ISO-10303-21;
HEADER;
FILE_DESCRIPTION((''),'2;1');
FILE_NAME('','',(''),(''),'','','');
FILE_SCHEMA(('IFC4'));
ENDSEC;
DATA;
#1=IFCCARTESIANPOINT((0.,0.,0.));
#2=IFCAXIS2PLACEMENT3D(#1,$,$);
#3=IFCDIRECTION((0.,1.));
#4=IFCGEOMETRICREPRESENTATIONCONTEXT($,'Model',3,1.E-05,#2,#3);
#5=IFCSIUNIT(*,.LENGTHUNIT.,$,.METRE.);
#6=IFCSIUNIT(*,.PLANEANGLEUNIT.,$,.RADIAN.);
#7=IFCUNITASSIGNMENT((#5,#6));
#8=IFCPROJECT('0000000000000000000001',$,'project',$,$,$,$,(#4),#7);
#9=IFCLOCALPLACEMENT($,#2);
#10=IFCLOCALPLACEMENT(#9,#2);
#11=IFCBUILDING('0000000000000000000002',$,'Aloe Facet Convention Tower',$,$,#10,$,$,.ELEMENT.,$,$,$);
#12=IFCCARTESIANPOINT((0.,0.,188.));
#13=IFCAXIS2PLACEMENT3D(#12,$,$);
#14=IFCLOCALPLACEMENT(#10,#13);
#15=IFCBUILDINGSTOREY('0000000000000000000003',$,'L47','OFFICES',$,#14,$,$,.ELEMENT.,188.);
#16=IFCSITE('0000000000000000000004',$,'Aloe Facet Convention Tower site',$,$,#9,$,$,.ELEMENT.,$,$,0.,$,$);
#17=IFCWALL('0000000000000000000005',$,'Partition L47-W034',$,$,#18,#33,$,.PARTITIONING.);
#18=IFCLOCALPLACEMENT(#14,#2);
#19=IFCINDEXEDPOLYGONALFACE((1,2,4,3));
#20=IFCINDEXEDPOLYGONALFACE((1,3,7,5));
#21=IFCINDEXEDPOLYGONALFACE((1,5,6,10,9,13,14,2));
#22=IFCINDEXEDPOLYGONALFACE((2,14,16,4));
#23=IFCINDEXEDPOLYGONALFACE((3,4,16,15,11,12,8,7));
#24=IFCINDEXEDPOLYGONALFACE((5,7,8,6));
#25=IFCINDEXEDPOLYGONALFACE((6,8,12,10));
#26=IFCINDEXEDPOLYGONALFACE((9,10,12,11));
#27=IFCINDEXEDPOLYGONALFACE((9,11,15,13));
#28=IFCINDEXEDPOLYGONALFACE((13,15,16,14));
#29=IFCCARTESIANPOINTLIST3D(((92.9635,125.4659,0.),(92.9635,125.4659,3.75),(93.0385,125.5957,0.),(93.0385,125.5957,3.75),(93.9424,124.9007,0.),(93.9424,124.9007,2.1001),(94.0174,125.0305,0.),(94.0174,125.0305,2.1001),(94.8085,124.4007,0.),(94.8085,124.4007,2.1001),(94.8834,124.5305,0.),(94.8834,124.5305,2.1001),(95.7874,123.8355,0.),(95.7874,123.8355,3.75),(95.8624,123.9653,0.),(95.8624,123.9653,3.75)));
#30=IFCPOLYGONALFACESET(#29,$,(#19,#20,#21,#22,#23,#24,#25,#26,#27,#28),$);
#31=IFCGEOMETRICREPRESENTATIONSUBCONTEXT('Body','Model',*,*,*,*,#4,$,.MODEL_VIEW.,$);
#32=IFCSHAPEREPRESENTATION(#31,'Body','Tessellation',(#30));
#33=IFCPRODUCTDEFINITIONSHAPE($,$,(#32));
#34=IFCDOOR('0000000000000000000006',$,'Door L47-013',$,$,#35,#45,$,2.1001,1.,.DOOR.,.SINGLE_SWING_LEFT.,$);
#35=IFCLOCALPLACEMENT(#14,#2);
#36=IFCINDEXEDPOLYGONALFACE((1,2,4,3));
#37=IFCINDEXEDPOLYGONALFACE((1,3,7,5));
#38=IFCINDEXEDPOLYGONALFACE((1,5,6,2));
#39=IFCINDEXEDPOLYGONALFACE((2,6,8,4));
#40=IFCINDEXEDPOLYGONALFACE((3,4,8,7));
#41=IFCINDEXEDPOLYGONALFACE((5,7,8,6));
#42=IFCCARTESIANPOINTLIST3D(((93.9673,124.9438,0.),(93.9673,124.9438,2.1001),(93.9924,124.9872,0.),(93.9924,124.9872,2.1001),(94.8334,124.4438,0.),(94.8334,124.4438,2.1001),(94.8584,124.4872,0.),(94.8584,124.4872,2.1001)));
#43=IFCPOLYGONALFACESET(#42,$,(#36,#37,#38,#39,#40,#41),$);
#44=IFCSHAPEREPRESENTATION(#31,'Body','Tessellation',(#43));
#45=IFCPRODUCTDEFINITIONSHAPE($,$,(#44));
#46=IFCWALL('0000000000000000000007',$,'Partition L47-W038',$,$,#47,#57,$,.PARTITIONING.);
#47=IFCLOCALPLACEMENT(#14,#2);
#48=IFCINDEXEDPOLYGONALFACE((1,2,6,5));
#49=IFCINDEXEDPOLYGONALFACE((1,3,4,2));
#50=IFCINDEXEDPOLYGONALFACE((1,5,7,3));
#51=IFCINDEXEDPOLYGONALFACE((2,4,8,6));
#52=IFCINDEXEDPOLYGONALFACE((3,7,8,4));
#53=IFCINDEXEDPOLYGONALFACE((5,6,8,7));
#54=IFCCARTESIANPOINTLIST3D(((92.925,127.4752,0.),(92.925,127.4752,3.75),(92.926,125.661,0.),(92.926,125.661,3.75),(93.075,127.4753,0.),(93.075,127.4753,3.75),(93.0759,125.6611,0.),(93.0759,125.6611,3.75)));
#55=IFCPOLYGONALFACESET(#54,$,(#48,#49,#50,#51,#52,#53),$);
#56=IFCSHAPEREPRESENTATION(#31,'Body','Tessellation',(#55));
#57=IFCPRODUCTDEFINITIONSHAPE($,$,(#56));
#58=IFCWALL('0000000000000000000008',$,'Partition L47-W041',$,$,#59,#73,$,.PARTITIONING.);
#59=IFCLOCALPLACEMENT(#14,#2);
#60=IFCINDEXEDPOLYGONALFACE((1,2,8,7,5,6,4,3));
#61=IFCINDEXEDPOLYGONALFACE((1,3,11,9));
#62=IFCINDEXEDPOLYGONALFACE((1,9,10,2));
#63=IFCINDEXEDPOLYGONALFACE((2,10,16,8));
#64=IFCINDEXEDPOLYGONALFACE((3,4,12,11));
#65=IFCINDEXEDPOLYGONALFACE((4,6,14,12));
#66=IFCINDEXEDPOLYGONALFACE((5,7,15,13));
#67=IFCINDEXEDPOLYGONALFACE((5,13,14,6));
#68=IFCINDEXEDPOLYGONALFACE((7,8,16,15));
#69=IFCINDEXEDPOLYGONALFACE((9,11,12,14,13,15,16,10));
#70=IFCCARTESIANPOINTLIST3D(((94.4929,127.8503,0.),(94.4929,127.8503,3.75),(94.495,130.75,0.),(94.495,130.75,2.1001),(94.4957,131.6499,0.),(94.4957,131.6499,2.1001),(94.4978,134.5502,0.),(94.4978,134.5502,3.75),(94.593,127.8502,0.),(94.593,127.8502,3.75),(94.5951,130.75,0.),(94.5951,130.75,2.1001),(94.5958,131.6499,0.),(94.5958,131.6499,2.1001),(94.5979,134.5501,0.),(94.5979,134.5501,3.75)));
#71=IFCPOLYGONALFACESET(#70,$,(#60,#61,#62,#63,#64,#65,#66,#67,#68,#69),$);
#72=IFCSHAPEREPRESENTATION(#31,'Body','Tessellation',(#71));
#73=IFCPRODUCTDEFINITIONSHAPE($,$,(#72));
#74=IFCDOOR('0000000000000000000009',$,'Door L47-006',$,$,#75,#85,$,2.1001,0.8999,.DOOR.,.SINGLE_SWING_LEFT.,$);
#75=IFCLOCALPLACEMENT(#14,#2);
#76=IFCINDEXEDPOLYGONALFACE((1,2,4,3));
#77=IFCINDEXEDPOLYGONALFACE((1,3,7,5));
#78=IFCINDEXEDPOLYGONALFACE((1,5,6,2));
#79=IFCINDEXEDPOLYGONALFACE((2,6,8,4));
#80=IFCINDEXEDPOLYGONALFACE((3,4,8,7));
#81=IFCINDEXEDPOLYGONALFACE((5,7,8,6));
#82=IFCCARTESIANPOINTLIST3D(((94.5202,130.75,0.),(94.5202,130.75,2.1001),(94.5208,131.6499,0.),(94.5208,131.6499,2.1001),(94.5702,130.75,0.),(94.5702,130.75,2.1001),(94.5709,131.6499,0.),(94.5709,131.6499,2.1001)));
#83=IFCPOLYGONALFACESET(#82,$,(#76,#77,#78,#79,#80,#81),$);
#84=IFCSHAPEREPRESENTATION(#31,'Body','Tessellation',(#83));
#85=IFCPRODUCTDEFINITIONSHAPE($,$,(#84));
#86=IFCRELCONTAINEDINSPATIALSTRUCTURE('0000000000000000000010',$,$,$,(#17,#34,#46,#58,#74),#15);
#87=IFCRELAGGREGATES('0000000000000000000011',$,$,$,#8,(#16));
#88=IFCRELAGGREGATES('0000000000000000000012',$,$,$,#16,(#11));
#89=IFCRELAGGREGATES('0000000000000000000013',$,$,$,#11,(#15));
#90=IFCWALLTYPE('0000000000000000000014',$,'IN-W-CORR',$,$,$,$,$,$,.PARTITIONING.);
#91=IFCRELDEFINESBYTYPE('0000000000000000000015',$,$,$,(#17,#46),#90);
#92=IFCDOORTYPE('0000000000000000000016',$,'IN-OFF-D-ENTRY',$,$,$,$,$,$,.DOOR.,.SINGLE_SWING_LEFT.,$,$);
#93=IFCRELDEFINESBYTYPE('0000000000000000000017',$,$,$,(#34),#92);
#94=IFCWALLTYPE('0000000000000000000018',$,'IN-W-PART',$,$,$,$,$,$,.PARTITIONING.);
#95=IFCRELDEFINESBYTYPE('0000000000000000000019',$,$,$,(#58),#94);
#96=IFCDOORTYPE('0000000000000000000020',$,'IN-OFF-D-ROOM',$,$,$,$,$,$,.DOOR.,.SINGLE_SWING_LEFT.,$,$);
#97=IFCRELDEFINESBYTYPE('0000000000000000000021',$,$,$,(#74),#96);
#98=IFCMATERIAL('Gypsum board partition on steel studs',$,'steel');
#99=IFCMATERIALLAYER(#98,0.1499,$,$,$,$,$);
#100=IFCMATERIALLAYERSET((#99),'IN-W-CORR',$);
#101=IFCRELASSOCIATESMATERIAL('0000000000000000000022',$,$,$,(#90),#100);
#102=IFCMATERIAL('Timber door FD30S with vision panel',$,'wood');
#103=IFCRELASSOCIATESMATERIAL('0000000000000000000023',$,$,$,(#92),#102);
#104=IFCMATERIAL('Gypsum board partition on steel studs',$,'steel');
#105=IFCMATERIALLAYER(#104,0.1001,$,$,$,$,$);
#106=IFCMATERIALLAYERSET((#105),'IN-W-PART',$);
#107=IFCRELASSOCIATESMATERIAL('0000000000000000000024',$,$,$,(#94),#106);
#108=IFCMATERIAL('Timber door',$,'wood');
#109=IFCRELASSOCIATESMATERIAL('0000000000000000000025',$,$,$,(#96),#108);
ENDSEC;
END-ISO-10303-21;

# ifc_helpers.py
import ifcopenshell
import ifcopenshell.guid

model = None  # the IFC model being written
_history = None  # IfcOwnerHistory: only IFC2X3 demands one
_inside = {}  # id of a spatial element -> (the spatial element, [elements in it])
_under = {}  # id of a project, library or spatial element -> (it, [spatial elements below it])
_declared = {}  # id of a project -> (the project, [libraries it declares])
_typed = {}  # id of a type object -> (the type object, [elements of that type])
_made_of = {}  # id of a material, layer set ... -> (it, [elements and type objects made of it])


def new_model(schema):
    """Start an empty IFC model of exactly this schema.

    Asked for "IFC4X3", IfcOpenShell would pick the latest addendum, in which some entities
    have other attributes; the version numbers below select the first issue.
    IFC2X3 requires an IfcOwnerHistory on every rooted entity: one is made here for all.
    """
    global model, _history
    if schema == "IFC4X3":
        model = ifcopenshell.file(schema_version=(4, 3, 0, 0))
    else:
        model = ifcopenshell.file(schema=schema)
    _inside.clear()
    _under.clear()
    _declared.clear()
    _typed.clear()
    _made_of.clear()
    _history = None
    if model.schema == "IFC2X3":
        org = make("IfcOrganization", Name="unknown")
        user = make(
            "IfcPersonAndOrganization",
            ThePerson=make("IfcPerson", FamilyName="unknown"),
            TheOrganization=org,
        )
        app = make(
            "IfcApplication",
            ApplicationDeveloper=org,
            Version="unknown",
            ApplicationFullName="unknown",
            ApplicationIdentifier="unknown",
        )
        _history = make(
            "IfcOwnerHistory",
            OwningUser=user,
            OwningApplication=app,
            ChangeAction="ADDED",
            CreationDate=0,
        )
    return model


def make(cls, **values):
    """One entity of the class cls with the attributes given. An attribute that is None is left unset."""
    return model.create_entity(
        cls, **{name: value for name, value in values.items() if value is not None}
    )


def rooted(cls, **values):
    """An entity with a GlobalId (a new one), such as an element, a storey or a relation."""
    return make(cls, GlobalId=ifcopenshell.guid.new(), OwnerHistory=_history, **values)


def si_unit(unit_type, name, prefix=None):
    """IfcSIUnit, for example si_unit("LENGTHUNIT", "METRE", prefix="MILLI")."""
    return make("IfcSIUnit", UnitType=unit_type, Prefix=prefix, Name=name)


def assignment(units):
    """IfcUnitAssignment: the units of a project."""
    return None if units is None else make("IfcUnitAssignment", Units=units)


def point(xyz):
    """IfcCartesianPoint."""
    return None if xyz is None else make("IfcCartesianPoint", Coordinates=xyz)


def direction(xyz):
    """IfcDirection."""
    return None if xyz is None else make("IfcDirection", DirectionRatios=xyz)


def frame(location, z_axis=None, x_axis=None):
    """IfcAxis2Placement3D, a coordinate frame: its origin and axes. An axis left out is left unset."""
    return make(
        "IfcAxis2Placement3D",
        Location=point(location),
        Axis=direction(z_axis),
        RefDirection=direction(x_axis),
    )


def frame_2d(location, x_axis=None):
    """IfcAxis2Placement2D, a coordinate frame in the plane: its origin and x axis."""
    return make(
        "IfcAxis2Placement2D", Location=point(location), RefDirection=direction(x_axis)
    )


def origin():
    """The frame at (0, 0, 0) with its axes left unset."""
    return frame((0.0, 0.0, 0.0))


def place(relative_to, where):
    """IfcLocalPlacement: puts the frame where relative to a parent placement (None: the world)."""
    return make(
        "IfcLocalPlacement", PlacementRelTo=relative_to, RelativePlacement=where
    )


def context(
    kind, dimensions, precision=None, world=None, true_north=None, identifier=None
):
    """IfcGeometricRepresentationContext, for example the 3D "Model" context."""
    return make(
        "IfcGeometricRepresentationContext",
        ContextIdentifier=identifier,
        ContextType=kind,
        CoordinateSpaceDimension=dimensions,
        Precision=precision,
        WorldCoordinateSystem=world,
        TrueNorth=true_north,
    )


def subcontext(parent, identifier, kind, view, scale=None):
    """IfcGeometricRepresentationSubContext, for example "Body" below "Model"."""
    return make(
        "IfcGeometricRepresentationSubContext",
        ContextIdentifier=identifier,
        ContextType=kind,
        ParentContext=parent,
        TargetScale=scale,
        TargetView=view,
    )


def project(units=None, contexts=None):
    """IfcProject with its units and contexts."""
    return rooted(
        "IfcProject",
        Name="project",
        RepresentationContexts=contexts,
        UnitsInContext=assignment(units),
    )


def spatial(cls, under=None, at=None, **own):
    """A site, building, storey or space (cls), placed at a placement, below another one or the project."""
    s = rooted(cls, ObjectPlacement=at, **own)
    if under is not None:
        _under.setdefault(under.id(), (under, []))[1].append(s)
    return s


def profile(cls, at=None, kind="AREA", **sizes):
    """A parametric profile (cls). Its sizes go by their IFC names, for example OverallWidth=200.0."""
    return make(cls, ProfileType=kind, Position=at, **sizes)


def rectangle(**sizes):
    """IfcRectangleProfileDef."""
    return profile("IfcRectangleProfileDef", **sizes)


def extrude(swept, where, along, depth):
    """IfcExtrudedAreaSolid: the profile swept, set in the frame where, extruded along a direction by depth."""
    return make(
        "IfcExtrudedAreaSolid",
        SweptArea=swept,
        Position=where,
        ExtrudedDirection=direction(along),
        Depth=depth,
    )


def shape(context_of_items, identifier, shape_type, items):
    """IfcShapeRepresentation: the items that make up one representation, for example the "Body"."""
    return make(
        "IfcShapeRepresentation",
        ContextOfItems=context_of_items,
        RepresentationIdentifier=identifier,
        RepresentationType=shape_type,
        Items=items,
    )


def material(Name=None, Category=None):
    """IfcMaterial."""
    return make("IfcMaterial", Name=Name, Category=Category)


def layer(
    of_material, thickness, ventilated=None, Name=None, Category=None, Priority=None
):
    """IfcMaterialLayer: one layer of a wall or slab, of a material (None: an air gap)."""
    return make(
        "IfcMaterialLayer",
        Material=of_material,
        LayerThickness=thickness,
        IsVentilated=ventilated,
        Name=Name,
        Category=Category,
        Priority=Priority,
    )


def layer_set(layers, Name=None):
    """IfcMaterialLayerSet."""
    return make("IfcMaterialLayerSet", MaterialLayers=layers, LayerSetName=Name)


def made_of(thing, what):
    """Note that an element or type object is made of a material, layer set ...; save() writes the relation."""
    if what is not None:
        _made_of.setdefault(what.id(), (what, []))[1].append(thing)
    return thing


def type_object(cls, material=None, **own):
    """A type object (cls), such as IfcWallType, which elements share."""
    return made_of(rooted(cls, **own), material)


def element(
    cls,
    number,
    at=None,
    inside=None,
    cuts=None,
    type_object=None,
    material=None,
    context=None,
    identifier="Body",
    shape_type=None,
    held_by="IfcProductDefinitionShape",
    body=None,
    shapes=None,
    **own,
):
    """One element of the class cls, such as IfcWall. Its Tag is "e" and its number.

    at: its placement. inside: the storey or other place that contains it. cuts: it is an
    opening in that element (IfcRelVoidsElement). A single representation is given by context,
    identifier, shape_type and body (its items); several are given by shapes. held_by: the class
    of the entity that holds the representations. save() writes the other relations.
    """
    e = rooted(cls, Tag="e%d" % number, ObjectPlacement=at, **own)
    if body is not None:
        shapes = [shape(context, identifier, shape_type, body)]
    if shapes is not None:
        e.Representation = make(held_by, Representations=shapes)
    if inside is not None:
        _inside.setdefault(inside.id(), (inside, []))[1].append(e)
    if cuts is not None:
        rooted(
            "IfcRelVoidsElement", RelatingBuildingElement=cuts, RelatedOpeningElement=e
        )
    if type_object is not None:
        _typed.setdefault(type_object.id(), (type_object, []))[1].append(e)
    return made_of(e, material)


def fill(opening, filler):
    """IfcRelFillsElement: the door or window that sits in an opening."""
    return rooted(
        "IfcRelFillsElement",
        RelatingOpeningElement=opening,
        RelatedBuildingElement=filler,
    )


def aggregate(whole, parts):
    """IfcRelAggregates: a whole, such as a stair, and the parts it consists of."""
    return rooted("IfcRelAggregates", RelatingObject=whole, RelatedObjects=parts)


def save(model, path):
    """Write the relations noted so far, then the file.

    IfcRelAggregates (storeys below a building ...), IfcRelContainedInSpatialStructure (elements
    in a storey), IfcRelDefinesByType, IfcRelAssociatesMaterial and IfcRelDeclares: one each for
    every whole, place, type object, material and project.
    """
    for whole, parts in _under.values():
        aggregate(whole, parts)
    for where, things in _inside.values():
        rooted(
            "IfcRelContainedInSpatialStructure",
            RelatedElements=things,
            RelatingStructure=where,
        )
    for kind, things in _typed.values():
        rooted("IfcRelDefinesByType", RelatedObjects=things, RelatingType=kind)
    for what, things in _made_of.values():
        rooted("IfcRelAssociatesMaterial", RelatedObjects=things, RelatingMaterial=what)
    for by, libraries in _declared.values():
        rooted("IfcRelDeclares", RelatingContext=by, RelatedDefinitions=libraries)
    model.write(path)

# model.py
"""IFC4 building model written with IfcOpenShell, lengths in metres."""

from ifc_helpers import new_model, si_unit, direction, frame, frame_2d, origin, place, context, subcontext, project, spatial, rectangle, extrude, material, layer, layer_set, type_object, element, fill, save


model = new_model("IFC4")

# Units and contexts
model_context = context("Model", 3, precision=1e-05, world=origin(), true_north=direction((0.0, 1.0)))
body_context = subcontext(model_context, "Body", "Model", "MODEL_VIEW")
ifc_project = project(units=[si_unit("LENGTHUNIT", "METRE"), si_unit("PLANEANGLEUNIT", "RADIAN")], contexts=[model_context])

# Site, building, storey
site_placement = place(None, origin())
site = spatial("IfcSite", under=ifc_project, at=site_placement, Name="Aloe Facet Convention Tower site", CompositionType="ELEMENT", RefElevation=0.0)
building_placement = place(site_placement, origin())
building = spatial("IfcBuilding", under=site, at=building_placement, Name="Aloe Facet Convention Tower", CompositionType="ELEMENT")
storey_placement = place(building_placement, frame((0.0, 0.0, 188.0)))
storey = spatial("IfcBuildingStorey", under=building, at=storey_placement, Name="L47", Description="OFFICES", CompositionType="ELEMENT", Elevation=188.0)

# Wall, opening, door
ifc_material_1 = material(Name="Gypsum board partition on steel studs", Category="steel")
ifc_layer_1 = layer(ifc_material_1, 0.1499)
ifc_layer_set_1 = layer_set([ifc_layer_1], Name="IN-W-CORR")
wall_type_1 = type_object("IfcWallType", Name="IN-W-CORR", PredefinedType="PARTITIONING", material=ifc_layer_set_1)
wall_1_placement = place(storey_placement, frame((93.001, 125.5308, 0.0), z_axis=(0.0, 0.0, 1.0), x_axis=(0.866032, -0.499988, 0.0)))
wall_1 = element("IfcWall", 1, at=wall_1_placement, inside=storey, type_object=wall_type_1, Name="Partition L47-W034", PredefinedType="PARTITIONING", context=body_context, shape_type="SweptSolid", body=[
    extrude(rectangle(XDim=3.2607, YDim=0.1499, at=frame_2d((1.6304, 0.0))), origin(), (0.0, 0.0, 1.0), 3.75),
])
opening_1_placement = place(wall_1_placement, frame((1.1304, 0.0, 0.0)))
opening_1 = element("IfcOpeningElement", 2, at=opening_1_placement, cuts=wall_1, PredefinedType="OPENING", context=body_context, shape_type="SweptSolid", body=[
    extrude(rectangle(XDim=1.0, YDim=2.1001, at=frame_2d((0.5, 1.05))), frame((0.0, 0.085, 0.0), z_axis=(0.0, -1.0, 0.0), x_axis=(1.0, 0.0, 0.0)), (0.0, 0.0, 1.0), 0.1699),
])
ifc_material_2 = material(Name="Timber door FD30S with vision panel", Category="wood")
door_type_1 = type_object("IfcDoorType", Name="IN-OFF-D-ENTRY", OperationType="SINGLE_SWING_LEFT", PredefinedType="DOOR", material=ifc_material_2)
door_1_placement = place(opening_1_placement, origin())
door_1 = element("IfcDoor", 3, at=door_1_placement, inside=storey, type_object=door_type_1, Name="Door L47-013", OperationType="SINGLE_SWING_LEFT", OverallHeight=2.1001, OverallWidth=1.0, PredefinedType="DOOR", context=body_context, shape_type="SweptSolid", body=[
    extrude(rectangle(XDim=1.0, YDim=2.1001, at=frame_2d((0.5, 1.05))), frame((0.0, 0.0249, 0.0), z_axis=(0.0, -1.0, 0.0), x_axis=(1.0, 0.0, 0.0)), (0.0, 0.0, 1.0), 0.05),
])
fill(opening_1, door_1)

# Wall
wall_2_placement = place(storey_placement, frame((93.001, 125.6609, 0.0), z_axis=(0.0, 0.0, 1.0), x_axis=(-0.000538, 1.0, 0.0)))
element("IfcWall", 4, at=wall_2_placement, inside=storey, type_object=wall_type_1, Name="Partition L47-W038", PredefinedType="PARTITIONING", context=body_context, shape_type="SweptSolid", body=[
    extrude(rectangle(XDim=1.8142, YDim=0.1499, at=frame_2d((0.9072, 0.0))), origin(), (0.0, 0.0, 1.0), 3.75),
])

# Wall, opening, door
ifc_material_3 = material(Name="Gypsum board partition on steel studs", Category="steel")
ifc_layer_2 = layer(ifc_material_3, 0.1001)
ifc_layer_set_2 = layer_set([ifc_layer_2], Name="IN-W-PART")
wall_type_2 = type_object("IfcWallType", Name="IN-W-PART", PredefinedType="PARTITIONING", material=ifc_layer_set_2)
wall_3_placement = place(storey_placement, frame((94.543, 127.8501, 0.0), z_axis=(0.0, 0.0, 1.0), x_axis=(0.000729, 1.0, 0.0)))
wall_3 = element("IfcWall", 5, at=wall_3_placement, inside=storey, type_object=wall_type_2, Name="Partition L47-W041", PredefinedType="PARTITIONING", context=body_context, shape_type="SweptSolid", body=[
    extrude(rectangle(XDim=6.7, YDim=0.1001, at=frame_2d((3.3501, 0.0))), origin(), (0.0, 0.0, 1.0), 3.75),
])
opening_2_placement = place(wall_3_placement, frame((2.8999, 0.0, 0.0)))
opening_2 = element("IfcOpeningElement", 6, at=opening_2_placement, cuts=wall_3, PredefinedType="OPENING", context=body_context, shape_type="SweptSolid", body=[
    extrude(rectangle(XDim=0.8999, YDim=2.1001, at=frame_2d((0.45, 1.05))), frame((0.0, 0.0601, 0.0), z_axis=(0.0, -1.0, 0.0), x_axis=(1.0, 0.0, 0.0)), (0.0, 0.0, 1.0), 0.1201),
])
ifc_material_4 = material(Name="Timber door", Category="wood")
door_type_2 = type_object("IfcDoorType", Name="IN-OFF-D-ROOM", OperationType="SINGLE_SWING_LEFT", PredefinedType="DOOR", material=ifc_material_4)
door_2_placement = place(opening_2_placement, origin())
door_2 = element("IfcDoor", 7, at=door_2_placement, inside=storey, type_object=door_type_2, Name="Door L47-006", OperationType="SINGLE_SWING_LEFT", OverallHeight=2.1001, OverallWidth=0.8999, PredefinedType="DOOR", context=body_context, shape_type="SweptSolid", body=[
    extrude(rectangle(XDim=0.8999, YDim=2.1001, at=frame_2d((0.45, 1.05))), frame((0.0, 0.0249, 0.0), z_axis=(0.0, -1.0, 0.0), x_axis=(1.0, 0.0, 0.0)), (0.0, 0.0, 1.0), 0.05),
])
fill(opening_2, door_2)

save(model, "model.ifc")
